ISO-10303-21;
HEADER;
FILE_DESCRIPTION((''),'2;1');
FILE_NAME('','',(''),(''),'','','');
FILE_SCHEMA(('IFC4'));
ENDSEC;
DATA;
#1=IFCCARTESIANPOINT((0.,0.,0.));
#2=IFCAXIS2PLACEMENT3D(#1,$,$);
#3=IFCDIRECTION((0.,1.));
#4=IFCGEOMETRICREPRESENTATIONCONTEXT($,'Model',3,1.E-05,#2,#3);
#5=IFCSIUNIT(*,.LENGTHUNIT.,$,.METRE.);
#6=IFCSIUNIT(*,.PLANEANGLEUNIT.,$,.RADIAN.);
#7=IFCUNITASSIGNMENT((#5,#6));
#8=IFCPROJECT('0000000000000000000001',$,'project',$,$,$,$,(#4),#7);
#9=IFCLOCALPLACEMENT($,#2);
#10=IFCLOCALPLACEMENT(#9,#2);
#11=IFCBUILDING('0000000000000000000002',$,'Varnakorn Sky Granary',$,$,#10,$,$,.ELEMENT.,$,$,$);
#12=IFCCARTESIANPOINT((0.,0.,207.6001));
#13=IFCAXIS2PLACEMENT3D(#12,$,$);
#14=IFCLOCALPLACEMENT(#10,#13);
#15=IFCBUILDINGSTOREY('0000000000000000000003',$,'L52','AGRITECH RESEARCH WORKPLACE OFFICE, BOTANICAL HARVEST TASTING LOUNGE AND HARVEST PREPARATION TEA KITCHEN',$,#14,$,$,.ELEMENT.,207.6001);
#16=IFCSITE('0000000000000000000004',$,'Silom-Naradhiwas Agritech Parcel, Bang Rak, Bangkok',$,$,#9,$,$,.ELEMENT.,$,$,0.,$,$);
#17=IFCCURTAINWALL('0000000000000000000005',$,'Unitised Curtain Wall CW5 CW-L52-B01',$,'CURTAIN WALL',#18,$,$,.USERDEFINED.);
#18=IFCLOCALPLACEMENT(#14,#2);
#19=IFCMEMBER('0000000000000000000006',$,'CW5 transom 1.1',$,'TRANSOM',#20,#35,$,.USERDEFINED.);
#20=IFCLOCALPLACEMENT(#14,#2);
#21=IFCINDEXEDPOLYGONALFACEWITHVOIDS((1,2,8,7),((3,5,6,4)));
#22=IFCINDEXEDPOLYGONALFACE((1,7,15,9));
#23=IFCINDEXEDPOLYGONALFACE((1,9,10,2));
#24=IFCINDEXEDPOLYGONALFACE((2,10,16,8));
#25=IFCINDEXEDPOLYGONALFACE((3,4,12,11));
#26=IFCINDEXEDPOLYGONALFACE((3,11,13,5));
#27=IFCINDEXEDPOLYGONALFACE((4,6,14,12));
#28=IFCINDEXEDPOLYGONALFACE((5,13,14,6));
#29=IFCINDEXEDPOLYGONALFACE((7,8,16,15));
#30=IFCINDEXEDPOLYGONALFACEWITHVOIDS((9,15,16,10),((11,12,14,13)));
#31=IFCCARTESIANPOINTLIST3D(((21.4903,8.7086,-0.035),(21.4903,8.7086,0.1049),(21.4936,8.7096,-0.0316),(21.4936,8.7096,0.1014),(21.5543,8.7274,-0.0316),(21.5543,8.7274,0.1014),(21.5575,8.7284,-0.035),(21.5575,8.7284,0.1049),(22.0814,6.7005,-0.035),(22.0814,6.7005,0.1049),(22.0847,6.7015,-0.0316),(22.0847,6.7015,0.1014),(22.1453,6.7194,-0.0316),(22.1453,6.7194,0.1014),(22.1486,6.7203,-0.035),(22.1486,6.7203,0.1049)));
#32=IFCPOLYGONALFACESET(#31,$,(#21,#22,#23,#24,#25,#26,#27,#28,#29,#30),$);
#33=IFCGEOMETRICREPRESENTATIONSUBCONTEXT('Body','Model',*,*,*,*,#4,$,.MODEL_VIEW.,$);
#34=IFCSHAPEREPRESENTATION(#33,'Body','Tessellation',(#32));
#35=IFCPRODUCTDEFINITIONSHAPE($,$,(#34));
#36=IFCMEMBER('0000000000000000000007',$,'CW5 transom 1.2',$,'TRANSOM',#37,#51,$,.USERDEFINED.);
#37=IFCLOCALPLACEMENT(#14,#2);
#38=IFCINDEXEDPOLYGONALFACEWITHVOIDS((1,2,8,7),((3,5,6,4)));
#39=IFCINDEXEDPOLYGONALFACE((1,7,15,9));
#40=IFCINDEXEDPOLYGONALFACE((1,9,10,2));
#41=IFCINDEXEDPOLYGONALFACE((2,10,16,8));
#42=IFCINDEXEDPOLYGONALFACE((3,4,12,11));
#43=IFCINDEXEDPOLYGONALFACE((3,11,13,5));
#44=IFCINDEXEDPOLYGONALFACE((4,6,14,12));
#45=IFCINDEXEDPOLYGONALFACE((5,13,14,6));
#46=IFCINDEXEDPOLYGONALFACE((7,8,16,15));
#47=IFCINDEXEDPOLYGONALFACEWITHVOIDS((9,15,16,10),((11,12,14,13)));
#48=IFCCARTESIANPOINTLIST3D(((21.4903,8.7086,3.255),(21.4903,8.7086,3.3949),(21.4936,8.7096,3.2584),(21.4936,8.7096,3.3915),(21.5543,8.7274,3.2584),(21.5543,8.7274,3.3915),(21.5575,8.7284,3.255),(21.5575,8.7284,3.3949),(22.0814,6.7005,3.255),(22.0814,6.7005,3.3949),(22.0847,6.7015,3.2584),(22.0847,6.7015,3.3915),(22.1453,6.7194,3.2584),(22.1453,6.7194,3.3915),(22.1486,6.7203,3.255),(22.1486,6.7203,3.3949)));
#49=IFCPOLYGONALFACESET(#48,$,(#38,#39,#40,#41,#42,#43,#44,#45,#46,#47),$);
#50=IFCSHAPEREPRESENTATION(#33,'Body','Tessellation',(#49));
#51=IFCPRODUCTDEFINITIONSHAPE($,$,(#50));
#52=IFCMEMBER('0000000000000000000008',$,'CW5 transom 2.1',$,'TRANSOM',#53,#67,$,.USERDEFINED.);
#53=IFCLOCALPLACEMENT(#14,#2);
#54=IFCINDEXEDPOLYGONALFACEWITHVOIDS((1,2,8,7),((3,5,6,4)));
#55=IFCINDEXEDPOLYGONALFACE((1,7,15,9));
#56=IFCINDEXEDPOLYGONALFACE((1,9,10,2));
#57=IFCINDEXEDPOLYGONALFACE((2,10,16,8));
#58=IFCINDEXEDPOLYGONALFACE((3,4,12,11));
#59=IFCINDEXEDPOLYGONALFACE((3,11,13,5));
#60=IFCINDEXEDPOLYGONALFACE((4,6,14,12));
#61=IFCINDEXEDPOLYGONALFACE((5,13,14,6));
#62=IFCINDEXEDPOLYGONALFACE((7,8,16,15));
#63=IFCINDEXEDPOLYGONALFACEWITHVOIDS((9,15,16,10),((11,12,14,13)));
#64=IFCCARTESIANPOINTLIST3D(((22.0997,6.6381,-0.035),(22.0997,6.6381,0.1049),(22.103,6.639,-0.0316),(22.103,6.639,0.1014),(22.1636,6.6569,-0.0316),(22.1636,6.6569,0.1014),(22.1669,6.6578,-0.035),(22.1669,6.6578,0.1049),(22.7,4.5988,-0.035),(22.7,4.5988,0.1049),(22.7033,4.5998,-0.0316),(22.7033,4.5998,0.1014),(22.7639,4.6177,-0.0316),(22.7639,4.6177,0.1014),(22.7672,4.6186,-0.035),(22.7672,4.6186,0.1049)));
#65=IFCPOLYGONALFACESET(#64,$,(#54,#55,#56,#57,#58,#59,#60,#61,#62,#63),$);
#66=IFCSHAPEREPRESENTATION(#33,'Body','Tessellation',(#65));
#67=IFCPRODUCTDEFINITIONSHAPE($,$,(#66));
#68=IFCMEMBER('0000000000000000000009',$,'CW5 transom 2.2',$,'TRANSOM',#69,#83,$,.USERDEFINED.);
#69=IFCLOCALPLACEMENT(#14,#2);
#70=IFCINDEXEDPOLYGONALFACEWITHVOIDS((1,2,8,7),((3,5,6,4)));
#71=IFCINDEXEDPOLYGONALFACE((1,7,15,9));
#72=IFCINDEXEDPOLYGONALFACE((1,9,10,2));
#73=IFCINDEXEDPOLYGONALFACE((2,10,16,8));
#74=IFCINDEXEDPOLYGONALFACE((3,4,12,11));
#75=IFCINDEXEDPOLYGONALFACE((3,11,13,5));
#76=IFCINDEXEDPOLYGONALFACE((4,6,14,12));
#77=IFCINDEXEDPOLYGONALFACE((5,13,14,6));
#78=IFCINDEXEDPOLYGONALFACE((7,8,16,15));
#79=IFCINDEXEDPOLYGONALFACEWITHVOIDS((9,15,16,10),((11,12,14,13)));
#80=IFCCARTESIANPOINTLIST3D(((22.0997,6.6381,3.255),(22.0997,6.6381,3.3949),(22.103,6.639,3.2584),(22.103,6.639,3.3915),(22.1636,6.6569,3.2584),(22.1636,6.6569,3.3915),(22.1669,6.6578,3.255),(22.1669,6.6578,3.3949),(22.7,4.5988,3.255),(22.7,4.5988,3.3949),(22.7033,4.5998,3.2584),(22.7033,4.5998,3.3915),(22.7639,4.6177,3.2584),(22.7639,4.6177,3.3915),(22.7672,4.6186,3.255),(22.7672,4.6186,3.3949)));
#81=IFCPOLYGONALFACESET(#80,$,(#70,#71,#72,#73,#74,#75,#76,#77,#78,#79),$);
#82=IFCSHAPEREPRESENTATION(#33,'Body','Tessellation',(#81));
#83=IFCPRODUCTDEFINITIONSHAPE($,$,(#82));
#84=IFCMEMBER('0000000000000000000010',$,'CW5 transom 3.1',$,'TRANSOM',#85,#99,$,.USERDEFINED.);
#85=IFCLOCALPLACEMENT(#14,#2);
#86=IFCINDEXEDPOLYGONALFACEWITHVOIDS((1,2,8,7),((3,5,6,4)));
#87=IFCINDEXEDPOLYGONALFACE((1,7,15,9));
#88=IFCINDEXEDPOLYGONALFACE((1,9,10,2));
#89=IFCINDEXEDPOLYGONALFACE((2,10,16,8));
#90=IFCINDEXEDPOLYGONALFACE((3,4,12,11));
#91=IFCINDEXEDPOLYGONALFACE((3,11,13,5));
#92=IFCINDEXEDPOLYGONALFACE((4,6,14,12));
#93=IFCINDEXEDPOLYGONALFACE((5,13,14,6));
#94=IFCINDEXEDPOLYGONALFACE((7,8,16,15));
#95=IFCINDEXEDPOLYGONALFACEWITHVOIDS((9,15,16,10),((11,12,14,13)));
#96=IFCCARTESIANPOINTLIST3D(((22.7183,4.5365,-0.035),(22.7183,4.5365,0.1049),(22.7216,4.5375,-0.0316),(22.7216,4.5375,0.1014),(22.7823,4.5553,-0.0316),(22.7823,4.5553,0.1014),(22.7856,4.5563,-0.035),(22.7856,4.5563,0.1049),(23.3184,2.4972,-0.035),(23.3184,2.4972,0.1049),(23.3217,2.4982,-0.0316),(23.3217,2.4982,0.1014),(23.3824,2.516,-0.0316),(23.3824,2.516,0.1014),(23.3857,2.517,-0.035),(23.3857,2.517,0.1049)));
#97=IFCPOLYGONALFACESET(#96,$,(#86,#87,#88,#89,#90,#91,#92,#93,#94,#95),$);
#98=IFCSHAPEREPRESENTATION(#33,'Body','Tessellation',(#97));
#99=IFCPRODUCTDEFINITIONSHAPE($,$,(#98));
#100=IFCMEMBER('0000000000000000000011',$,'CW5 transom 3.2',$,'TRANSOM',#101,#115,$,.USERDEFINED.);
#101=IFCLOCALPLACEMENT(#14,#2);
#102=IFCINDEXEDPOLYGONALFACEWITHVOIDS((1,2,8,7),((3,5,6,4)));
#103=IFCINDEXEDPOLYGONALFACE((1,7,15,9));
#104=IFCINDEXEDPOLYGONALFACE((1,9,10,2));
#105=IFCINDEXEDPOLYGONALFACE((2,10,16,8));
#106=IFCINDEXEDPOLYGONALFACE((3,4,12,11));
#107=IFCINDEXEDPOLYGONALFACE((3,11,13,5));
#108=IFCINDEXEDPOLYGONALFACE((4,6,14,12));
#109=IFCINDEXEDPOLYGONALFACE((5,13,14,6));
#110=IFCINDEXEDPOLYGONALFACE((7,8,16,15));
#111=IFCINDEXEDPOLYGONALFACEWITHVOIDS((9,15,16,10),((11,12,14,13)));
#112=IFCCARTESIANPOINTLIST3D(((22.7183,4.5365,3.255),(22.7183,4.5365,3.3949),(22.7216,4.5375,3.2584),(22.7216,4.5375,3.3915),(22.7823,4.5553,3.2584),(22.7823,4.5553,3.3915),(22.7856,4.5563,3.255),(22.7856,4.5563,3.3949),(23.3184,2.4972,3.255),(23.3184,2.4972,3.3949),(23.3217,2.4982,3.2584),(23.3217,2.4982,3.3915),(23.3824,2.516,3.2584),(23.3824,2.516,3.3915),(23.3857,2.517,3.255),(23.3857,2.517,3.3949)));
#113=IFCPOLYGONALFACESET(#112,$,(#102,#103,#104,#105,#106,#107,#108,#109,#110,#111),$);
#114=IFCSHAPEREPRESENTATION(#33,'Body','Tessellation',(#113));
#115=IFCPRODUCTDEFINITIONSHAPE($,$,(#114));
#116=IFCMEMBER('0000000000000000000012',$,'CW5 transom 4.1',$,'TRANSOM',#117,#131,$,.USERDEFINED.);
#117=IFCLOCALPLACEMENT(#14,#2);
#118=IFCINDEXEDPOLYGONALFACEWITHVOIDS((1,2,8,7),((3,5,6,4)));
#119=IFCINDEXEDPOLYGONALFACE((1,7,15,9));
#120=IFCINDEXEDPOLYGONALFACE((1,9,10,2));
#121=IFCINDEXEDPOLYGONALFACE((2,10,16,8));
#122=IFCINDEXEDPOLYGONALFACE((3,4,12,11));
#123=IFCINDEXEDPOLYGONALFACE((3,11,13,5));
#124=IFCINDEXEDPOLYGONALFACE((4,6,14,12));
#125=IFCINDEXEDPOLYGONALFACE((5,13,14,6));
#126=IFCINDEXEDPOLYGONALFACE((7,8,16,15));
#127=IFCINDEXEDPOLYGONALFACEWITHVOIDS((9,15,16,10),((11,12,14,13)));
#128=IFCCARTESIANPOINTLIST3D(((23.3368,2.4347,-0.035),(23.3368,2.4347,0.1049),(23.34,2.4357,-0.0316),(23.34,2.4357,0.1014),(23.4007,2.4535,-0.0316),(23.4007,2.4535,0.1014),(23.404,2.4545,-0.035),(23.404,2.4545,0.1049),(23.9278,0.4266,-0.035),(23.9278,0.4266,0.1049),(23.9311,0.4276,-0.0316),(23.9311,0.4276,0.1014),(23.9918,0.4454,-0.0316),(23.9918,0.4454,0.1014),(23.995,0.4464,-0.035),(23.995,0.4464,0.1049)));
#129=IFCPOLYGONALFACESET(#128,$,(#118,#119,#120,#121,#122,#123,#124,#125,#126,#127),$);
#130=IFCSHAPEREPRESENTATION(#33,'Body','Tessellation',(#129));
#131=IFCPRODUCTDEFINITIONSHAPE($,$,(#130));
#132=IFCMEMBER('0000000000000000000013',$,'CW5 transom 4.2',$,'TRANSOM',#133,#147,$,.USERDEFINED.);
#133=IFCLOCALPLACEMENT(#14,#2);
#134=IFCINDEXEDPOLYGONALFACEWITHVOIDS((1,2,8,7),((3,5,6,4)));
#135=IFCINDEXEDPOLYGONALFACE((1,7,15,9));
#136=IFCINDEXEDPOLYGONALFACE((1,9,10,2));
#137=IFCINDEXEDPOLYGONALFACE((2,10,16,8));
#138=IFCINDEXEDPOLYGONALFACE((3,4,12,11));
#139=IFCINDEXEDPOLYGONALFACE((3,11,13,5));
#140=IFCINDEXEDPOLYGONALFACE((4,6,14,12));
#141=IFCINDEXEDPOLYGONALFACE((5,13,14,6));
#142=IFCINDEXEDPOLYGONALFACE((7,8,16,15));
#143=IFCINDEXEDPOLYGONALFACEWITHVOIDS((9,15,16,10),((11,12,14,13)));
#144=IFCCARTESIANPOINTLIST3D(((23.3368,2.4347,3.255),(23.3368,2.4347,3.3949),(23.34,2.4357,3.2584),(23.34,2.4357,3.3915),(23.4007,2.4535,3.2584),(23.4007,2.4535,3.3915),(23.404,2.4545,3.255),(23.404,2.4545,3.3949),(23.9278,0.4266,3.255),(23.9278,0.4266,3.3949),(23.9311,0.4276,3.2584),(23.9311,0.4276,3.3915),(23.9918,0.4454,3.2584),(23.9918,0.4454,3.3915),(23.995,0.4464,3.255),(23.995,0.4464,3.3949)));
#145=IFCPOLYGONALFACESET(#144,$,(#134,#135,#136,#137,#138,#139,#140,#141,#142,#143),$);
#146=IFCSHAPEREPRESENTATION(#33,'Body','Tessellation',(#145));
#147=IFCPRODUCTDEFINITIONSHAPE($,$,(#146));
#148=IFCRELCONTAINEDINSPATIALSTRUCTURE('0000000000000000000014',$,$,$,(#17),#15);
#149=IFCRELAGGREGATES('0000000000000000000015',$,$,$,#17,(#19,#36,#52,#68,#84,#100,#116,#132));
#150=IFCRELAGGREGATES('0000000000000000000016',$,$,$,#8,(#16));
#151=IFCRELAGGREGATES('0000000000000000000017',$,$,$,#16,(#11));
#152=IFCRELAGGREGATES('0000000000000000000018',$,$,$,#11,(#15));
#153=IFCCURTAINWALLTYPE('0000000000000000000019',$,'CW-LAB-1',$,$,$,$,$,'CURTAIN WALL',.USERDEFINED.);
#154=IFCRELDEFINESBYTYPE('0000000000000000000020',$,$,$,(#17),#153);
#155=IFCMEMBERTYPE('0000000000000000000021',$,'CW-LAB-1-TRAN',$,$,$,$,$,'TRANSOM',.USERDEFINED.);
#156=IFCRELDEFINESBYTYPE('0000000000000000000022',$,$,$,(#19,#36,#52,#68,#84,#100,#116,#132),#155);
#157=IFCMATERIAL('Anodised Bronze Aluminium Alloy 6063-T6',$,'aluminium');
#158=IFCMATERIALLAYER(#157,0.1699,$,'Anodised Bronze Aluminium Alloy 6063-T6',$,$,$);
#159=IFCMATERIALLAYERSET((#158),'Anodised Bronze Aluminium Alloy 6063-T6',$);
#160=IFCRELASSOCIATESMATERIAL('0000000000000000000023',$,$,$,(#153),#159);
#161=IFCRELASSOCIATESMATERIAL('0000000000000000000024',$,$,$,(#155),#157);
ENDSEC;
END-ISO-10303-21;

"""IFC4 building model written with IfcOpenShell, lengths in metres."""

from ifc_helpers import new_model, si_unit, direction, frame, origin, origin_2d, place, context, subcontext, project, spatial, hollow_rectangle, extrude, material, layer, layer_set, material_profile, profile_set, type_object, element, aggregate, save


model = new_model("IFC4")

# Units and contexts
model_context = context("Model", 3, precision=1e-05, world=origin(), true_north=direction((0.0, 1.0)))
body_context = subcontext(model_context, "Body", "Model", "MODEL_VIEW")
ifc_project = project(units=[si_unit("LENGTHUNIT", "METRE"), si_unit("PLANEANGLEUNIT", "RADIAN")], contexts=[model_context])

# Site, building, storey
site_placement = place(None, origin())
site = spatial("IfcSite", under=ifc_project, at=site_placement, Name="Silom-Naradhiwas Agritech Parcel, Bang Rak, Bangkok", CompositionType="ELEMENT", RefElevation=0.0)
building_placement = place(site_placement, origin())
building = spatial("IfcBuilding", under=site, at=building_placement, Name="Varnakorn Sky Granary", CompositionType="ELEMENT")
storey_placement = place(building_placement, frame((0.0, 0.0, 207.6001)))
storey = spatial("IfcBuildingStorey", under=building, at=storey_placement, Name="L52", Description="AGRITECH RESEARCH WORKPLACE OFFICE, BOTANICAL HARVEST TASTING LOUNGE AND HARVEST PREPARATION TEA KITCHEN", CompositionType="ELEMENT", Elevation=207.6001)

# Curtain wall
ifc_material_1 = material(Name="Anodised Bronze Aluminium Alloy 6063-T6", Category="aluminium")
ifc_layer_1 = layer(ifc_material_1, 0.1699, Name="Anodised Bronze Aluminium Alloy 6063-T6")
ifc_layer_set_1 = layer_set([ifc_layer_1], Name="Anodised Bronze Aluminium Alloy 6063-T6")
curtain_wall_type = type_object("IfcCurtainWallType", Name="CW-LAB-1", ElementType="CURTAIN WALL", PredefinedType="USERDEFINED", material=ifc_layer_set_1)
curtain_wall_1_placement = place(storey_placement, origin())
curtain_wall_1 = element("IfcCurtainWall", 1, at=curtain_wall_1_placement, inside=storey, type_object=curtain_wall_type, Name="Unitised Curtain Wall CW5 CW-L52-B01", ObjectType="CURTAIN WALL", PredefinedType="USERDEFINED")

# Members
ifc_material_profile_1 = material_profile(ifc_material_1, hollow_rectangle(XDim=0.0701, YDim=0.1399, WallThickness=0.0034, at=origin_2d()), Name="ALU TRAN 70x140")
ifc_profile_set_1 = profile_set([ifc_material_profile_1], Name="Anodised Bronze Aluminium Alloy 6063-T6")
member_type_1 = type_object("IfcMemberType", Name="CW-LAB-1-TRAN", ElementType="TRANSOM", PredefinedType="USERDEFINED", material=ifc_profile_set_1)
member_1_placement = place(storey_placement, frame((21.5239, 8.7185, 0.0349), z_axis=(0.282368, -0.959306, 0.0), x_axis=(0.959306, 0.282368, 0.0)))
member_1 = element("IfcMember", 2, at=member_1_placement, type_object=member_type_1, Name="CW5 transom 1.1", ObjectType="TRANSOM", PredefinedType="USERDEFINED", context=body_context, shape_type="SweptSolid", body=[
    extrude(hollow_rectangle(XDim=0.0701, YDim=0.1399, WallThickness=0.0034, at=origin_2d()), origin(), (0.0, 0.0, 1.0), 2.0933),
])
member_2_placement = place(storey_placement, frame((21.5239, 8.7185, 3.325), z_axis=(0.282368, -0.959306, 0.0), x_axis=(0.959306, 0.282368, 0.0)))
member_2 = element("IfcMember", 3, at=member_2_placement, type_object=member_type_1, Name="CW5 transom 1.2", ObjectType="TRANSOM", PredefinedType="USERDEFINED", context=body_context, shape_type="SweptSolid", body=[
    extrude(hollow_rectangle(XDim=0.0701, YDim=0.1399, WallThickness=0.0034, at=origin_2d()), origin(), (0.0, 0.0, 1.0), 2.0933),
])
member_3_placement = place(storey_placement, frame((22.1333, 6.6479, 0.0349), z_axis=(0.282403, -0.959296, 0.0), x_axis=(0.959296, 0.282403, 0.0)))
member_3 = element("IfcMember", 4, at=member_3_placement, type_object=member_type_1, Name="CW5 transom 2.1", ObjectType="TRANSOM", PredefinedType="USERDEFINED", context=body_context, shape_type="SweptSolid", body=[
    extrude(hollow_rectangle(XDim=0.0701, YDim=0.1399, WallThickness=0.0034, at=origin_2d()), origin(), (0.0, 0.0, 1.0), 2.1257),
])
member_4_placement = place(storey_placement, frame((22.1333, 6.6479, 3.325), z_axis=(0.282403, -0.959296, 0.0), x_axis=(0.959296, 0.282403, 0.0)))
member_4 = element("IfcMember", 5, at=member_4_placement, type_object=member_type_1, Name="CW5 transom 2.2", ObjectType="TRANSOM", PredefinedType="USERDEFINED", context=body_context, shape_type="SweptSolid", body=[
    extrude(hollow_rectangle(XDim=0.0701, YDim=0.1399, WallThickness=0.0034, at=origin_2d()), origin(), (0.0, 0.0, 1.0), 2.1257),
])
member_5_placement = place(storey_placement, frame((22.752, 4.5464, 0.0349), z_axis=(0.282297, -0.959327, 0.0), x_axis=(0.959327, 0.282297, 0.0)))
member_5 = element("IfcMember", 6, at=member_5_placement, type_object=member_type_1, Name="CW5 transom 3.1", ObjectType="TRANSOM", PredefinedType="USERDEFINED", context=body_context, shape_type="SweptSolid", body=[
    extrude(hollow_rectangle(XDim=0.0701, YDim=0.1399, WallThickness=0.0034, at=origin_2d()), origin(), (0.0, 0.0, 1.0), 2.1257),
])
member_6_placement = place(storey_placement, frame((22.752, 4.5464, 3.325), z_axis=(0.282297, -0.959327, 0.0), x_axis=(0.959327, 0.282297, 0.0)))
member_6 = element("IfcMember", 7, at=member_6_placement, type_object=member_type_1, Name="CW5 transom 3.2", ObjectType="TRANSOM", PredefinedType="USERDEFINED", context=body_context, shape_type="SweptSolid", body=[
    extrude(hollow_rectangle(XDim=0.0701, YDim=0.1399, WallThickness=0.0034, at=origin_2d()), origin(), (0.0, 0.0, 1.0), 2.1257),
])
member_7_placement = place(storey_placement, frame((23.3704, 2.4446, 0.0349), z_axis=(0.282368, -0.959306, 0.0), x_axis=(0.959306, 0.282368, 0.0)))
member_7 = element("IfcMember", 8, at=member_7_placement, type_object=member_type_1, Name="CW5 transom 4.1", ObjectType="TRANSOM", PredefinedType="USERDEFINED", context=body_context, shape_type="SweptSolid", body=[
    extrude(hollow_rectangle(XDim=0.0701, YDim=0.1399, WallThickness=0.0034, at=origin_2d()), origin(), (0.0, 0.0, 1.0), 2.0933),
])
member_8_placement = place(storey_placement, frame((23.3704, 2.4446, 3.325), z_axis=(0.282368, -0.959306, 0.0), x_axis=(0.959306, 0.282368, 0.0)))
member_8 = element("IfcMember", 9, at=member_8_placement, type_object=member_type_1, Name="CW5 transom 4.2", ObjectType="TRANSOM", PredefinedType="USERDEFINED", context=body_context, shape_type="SweptSolid", body=[
    extrude(hollow_rectangle(XDim=0.0701, YDim=0.1399, WallThickness=0.0034, at=origin_2d()), origin(), (0.0, 0.0, 1.0), 2.0933),
])

aggregate(curtain_wall_1, [member_1, member_2, member_3, member_4, member_5, member_6, member_7, member_8])

save(model, "model.ifc")
